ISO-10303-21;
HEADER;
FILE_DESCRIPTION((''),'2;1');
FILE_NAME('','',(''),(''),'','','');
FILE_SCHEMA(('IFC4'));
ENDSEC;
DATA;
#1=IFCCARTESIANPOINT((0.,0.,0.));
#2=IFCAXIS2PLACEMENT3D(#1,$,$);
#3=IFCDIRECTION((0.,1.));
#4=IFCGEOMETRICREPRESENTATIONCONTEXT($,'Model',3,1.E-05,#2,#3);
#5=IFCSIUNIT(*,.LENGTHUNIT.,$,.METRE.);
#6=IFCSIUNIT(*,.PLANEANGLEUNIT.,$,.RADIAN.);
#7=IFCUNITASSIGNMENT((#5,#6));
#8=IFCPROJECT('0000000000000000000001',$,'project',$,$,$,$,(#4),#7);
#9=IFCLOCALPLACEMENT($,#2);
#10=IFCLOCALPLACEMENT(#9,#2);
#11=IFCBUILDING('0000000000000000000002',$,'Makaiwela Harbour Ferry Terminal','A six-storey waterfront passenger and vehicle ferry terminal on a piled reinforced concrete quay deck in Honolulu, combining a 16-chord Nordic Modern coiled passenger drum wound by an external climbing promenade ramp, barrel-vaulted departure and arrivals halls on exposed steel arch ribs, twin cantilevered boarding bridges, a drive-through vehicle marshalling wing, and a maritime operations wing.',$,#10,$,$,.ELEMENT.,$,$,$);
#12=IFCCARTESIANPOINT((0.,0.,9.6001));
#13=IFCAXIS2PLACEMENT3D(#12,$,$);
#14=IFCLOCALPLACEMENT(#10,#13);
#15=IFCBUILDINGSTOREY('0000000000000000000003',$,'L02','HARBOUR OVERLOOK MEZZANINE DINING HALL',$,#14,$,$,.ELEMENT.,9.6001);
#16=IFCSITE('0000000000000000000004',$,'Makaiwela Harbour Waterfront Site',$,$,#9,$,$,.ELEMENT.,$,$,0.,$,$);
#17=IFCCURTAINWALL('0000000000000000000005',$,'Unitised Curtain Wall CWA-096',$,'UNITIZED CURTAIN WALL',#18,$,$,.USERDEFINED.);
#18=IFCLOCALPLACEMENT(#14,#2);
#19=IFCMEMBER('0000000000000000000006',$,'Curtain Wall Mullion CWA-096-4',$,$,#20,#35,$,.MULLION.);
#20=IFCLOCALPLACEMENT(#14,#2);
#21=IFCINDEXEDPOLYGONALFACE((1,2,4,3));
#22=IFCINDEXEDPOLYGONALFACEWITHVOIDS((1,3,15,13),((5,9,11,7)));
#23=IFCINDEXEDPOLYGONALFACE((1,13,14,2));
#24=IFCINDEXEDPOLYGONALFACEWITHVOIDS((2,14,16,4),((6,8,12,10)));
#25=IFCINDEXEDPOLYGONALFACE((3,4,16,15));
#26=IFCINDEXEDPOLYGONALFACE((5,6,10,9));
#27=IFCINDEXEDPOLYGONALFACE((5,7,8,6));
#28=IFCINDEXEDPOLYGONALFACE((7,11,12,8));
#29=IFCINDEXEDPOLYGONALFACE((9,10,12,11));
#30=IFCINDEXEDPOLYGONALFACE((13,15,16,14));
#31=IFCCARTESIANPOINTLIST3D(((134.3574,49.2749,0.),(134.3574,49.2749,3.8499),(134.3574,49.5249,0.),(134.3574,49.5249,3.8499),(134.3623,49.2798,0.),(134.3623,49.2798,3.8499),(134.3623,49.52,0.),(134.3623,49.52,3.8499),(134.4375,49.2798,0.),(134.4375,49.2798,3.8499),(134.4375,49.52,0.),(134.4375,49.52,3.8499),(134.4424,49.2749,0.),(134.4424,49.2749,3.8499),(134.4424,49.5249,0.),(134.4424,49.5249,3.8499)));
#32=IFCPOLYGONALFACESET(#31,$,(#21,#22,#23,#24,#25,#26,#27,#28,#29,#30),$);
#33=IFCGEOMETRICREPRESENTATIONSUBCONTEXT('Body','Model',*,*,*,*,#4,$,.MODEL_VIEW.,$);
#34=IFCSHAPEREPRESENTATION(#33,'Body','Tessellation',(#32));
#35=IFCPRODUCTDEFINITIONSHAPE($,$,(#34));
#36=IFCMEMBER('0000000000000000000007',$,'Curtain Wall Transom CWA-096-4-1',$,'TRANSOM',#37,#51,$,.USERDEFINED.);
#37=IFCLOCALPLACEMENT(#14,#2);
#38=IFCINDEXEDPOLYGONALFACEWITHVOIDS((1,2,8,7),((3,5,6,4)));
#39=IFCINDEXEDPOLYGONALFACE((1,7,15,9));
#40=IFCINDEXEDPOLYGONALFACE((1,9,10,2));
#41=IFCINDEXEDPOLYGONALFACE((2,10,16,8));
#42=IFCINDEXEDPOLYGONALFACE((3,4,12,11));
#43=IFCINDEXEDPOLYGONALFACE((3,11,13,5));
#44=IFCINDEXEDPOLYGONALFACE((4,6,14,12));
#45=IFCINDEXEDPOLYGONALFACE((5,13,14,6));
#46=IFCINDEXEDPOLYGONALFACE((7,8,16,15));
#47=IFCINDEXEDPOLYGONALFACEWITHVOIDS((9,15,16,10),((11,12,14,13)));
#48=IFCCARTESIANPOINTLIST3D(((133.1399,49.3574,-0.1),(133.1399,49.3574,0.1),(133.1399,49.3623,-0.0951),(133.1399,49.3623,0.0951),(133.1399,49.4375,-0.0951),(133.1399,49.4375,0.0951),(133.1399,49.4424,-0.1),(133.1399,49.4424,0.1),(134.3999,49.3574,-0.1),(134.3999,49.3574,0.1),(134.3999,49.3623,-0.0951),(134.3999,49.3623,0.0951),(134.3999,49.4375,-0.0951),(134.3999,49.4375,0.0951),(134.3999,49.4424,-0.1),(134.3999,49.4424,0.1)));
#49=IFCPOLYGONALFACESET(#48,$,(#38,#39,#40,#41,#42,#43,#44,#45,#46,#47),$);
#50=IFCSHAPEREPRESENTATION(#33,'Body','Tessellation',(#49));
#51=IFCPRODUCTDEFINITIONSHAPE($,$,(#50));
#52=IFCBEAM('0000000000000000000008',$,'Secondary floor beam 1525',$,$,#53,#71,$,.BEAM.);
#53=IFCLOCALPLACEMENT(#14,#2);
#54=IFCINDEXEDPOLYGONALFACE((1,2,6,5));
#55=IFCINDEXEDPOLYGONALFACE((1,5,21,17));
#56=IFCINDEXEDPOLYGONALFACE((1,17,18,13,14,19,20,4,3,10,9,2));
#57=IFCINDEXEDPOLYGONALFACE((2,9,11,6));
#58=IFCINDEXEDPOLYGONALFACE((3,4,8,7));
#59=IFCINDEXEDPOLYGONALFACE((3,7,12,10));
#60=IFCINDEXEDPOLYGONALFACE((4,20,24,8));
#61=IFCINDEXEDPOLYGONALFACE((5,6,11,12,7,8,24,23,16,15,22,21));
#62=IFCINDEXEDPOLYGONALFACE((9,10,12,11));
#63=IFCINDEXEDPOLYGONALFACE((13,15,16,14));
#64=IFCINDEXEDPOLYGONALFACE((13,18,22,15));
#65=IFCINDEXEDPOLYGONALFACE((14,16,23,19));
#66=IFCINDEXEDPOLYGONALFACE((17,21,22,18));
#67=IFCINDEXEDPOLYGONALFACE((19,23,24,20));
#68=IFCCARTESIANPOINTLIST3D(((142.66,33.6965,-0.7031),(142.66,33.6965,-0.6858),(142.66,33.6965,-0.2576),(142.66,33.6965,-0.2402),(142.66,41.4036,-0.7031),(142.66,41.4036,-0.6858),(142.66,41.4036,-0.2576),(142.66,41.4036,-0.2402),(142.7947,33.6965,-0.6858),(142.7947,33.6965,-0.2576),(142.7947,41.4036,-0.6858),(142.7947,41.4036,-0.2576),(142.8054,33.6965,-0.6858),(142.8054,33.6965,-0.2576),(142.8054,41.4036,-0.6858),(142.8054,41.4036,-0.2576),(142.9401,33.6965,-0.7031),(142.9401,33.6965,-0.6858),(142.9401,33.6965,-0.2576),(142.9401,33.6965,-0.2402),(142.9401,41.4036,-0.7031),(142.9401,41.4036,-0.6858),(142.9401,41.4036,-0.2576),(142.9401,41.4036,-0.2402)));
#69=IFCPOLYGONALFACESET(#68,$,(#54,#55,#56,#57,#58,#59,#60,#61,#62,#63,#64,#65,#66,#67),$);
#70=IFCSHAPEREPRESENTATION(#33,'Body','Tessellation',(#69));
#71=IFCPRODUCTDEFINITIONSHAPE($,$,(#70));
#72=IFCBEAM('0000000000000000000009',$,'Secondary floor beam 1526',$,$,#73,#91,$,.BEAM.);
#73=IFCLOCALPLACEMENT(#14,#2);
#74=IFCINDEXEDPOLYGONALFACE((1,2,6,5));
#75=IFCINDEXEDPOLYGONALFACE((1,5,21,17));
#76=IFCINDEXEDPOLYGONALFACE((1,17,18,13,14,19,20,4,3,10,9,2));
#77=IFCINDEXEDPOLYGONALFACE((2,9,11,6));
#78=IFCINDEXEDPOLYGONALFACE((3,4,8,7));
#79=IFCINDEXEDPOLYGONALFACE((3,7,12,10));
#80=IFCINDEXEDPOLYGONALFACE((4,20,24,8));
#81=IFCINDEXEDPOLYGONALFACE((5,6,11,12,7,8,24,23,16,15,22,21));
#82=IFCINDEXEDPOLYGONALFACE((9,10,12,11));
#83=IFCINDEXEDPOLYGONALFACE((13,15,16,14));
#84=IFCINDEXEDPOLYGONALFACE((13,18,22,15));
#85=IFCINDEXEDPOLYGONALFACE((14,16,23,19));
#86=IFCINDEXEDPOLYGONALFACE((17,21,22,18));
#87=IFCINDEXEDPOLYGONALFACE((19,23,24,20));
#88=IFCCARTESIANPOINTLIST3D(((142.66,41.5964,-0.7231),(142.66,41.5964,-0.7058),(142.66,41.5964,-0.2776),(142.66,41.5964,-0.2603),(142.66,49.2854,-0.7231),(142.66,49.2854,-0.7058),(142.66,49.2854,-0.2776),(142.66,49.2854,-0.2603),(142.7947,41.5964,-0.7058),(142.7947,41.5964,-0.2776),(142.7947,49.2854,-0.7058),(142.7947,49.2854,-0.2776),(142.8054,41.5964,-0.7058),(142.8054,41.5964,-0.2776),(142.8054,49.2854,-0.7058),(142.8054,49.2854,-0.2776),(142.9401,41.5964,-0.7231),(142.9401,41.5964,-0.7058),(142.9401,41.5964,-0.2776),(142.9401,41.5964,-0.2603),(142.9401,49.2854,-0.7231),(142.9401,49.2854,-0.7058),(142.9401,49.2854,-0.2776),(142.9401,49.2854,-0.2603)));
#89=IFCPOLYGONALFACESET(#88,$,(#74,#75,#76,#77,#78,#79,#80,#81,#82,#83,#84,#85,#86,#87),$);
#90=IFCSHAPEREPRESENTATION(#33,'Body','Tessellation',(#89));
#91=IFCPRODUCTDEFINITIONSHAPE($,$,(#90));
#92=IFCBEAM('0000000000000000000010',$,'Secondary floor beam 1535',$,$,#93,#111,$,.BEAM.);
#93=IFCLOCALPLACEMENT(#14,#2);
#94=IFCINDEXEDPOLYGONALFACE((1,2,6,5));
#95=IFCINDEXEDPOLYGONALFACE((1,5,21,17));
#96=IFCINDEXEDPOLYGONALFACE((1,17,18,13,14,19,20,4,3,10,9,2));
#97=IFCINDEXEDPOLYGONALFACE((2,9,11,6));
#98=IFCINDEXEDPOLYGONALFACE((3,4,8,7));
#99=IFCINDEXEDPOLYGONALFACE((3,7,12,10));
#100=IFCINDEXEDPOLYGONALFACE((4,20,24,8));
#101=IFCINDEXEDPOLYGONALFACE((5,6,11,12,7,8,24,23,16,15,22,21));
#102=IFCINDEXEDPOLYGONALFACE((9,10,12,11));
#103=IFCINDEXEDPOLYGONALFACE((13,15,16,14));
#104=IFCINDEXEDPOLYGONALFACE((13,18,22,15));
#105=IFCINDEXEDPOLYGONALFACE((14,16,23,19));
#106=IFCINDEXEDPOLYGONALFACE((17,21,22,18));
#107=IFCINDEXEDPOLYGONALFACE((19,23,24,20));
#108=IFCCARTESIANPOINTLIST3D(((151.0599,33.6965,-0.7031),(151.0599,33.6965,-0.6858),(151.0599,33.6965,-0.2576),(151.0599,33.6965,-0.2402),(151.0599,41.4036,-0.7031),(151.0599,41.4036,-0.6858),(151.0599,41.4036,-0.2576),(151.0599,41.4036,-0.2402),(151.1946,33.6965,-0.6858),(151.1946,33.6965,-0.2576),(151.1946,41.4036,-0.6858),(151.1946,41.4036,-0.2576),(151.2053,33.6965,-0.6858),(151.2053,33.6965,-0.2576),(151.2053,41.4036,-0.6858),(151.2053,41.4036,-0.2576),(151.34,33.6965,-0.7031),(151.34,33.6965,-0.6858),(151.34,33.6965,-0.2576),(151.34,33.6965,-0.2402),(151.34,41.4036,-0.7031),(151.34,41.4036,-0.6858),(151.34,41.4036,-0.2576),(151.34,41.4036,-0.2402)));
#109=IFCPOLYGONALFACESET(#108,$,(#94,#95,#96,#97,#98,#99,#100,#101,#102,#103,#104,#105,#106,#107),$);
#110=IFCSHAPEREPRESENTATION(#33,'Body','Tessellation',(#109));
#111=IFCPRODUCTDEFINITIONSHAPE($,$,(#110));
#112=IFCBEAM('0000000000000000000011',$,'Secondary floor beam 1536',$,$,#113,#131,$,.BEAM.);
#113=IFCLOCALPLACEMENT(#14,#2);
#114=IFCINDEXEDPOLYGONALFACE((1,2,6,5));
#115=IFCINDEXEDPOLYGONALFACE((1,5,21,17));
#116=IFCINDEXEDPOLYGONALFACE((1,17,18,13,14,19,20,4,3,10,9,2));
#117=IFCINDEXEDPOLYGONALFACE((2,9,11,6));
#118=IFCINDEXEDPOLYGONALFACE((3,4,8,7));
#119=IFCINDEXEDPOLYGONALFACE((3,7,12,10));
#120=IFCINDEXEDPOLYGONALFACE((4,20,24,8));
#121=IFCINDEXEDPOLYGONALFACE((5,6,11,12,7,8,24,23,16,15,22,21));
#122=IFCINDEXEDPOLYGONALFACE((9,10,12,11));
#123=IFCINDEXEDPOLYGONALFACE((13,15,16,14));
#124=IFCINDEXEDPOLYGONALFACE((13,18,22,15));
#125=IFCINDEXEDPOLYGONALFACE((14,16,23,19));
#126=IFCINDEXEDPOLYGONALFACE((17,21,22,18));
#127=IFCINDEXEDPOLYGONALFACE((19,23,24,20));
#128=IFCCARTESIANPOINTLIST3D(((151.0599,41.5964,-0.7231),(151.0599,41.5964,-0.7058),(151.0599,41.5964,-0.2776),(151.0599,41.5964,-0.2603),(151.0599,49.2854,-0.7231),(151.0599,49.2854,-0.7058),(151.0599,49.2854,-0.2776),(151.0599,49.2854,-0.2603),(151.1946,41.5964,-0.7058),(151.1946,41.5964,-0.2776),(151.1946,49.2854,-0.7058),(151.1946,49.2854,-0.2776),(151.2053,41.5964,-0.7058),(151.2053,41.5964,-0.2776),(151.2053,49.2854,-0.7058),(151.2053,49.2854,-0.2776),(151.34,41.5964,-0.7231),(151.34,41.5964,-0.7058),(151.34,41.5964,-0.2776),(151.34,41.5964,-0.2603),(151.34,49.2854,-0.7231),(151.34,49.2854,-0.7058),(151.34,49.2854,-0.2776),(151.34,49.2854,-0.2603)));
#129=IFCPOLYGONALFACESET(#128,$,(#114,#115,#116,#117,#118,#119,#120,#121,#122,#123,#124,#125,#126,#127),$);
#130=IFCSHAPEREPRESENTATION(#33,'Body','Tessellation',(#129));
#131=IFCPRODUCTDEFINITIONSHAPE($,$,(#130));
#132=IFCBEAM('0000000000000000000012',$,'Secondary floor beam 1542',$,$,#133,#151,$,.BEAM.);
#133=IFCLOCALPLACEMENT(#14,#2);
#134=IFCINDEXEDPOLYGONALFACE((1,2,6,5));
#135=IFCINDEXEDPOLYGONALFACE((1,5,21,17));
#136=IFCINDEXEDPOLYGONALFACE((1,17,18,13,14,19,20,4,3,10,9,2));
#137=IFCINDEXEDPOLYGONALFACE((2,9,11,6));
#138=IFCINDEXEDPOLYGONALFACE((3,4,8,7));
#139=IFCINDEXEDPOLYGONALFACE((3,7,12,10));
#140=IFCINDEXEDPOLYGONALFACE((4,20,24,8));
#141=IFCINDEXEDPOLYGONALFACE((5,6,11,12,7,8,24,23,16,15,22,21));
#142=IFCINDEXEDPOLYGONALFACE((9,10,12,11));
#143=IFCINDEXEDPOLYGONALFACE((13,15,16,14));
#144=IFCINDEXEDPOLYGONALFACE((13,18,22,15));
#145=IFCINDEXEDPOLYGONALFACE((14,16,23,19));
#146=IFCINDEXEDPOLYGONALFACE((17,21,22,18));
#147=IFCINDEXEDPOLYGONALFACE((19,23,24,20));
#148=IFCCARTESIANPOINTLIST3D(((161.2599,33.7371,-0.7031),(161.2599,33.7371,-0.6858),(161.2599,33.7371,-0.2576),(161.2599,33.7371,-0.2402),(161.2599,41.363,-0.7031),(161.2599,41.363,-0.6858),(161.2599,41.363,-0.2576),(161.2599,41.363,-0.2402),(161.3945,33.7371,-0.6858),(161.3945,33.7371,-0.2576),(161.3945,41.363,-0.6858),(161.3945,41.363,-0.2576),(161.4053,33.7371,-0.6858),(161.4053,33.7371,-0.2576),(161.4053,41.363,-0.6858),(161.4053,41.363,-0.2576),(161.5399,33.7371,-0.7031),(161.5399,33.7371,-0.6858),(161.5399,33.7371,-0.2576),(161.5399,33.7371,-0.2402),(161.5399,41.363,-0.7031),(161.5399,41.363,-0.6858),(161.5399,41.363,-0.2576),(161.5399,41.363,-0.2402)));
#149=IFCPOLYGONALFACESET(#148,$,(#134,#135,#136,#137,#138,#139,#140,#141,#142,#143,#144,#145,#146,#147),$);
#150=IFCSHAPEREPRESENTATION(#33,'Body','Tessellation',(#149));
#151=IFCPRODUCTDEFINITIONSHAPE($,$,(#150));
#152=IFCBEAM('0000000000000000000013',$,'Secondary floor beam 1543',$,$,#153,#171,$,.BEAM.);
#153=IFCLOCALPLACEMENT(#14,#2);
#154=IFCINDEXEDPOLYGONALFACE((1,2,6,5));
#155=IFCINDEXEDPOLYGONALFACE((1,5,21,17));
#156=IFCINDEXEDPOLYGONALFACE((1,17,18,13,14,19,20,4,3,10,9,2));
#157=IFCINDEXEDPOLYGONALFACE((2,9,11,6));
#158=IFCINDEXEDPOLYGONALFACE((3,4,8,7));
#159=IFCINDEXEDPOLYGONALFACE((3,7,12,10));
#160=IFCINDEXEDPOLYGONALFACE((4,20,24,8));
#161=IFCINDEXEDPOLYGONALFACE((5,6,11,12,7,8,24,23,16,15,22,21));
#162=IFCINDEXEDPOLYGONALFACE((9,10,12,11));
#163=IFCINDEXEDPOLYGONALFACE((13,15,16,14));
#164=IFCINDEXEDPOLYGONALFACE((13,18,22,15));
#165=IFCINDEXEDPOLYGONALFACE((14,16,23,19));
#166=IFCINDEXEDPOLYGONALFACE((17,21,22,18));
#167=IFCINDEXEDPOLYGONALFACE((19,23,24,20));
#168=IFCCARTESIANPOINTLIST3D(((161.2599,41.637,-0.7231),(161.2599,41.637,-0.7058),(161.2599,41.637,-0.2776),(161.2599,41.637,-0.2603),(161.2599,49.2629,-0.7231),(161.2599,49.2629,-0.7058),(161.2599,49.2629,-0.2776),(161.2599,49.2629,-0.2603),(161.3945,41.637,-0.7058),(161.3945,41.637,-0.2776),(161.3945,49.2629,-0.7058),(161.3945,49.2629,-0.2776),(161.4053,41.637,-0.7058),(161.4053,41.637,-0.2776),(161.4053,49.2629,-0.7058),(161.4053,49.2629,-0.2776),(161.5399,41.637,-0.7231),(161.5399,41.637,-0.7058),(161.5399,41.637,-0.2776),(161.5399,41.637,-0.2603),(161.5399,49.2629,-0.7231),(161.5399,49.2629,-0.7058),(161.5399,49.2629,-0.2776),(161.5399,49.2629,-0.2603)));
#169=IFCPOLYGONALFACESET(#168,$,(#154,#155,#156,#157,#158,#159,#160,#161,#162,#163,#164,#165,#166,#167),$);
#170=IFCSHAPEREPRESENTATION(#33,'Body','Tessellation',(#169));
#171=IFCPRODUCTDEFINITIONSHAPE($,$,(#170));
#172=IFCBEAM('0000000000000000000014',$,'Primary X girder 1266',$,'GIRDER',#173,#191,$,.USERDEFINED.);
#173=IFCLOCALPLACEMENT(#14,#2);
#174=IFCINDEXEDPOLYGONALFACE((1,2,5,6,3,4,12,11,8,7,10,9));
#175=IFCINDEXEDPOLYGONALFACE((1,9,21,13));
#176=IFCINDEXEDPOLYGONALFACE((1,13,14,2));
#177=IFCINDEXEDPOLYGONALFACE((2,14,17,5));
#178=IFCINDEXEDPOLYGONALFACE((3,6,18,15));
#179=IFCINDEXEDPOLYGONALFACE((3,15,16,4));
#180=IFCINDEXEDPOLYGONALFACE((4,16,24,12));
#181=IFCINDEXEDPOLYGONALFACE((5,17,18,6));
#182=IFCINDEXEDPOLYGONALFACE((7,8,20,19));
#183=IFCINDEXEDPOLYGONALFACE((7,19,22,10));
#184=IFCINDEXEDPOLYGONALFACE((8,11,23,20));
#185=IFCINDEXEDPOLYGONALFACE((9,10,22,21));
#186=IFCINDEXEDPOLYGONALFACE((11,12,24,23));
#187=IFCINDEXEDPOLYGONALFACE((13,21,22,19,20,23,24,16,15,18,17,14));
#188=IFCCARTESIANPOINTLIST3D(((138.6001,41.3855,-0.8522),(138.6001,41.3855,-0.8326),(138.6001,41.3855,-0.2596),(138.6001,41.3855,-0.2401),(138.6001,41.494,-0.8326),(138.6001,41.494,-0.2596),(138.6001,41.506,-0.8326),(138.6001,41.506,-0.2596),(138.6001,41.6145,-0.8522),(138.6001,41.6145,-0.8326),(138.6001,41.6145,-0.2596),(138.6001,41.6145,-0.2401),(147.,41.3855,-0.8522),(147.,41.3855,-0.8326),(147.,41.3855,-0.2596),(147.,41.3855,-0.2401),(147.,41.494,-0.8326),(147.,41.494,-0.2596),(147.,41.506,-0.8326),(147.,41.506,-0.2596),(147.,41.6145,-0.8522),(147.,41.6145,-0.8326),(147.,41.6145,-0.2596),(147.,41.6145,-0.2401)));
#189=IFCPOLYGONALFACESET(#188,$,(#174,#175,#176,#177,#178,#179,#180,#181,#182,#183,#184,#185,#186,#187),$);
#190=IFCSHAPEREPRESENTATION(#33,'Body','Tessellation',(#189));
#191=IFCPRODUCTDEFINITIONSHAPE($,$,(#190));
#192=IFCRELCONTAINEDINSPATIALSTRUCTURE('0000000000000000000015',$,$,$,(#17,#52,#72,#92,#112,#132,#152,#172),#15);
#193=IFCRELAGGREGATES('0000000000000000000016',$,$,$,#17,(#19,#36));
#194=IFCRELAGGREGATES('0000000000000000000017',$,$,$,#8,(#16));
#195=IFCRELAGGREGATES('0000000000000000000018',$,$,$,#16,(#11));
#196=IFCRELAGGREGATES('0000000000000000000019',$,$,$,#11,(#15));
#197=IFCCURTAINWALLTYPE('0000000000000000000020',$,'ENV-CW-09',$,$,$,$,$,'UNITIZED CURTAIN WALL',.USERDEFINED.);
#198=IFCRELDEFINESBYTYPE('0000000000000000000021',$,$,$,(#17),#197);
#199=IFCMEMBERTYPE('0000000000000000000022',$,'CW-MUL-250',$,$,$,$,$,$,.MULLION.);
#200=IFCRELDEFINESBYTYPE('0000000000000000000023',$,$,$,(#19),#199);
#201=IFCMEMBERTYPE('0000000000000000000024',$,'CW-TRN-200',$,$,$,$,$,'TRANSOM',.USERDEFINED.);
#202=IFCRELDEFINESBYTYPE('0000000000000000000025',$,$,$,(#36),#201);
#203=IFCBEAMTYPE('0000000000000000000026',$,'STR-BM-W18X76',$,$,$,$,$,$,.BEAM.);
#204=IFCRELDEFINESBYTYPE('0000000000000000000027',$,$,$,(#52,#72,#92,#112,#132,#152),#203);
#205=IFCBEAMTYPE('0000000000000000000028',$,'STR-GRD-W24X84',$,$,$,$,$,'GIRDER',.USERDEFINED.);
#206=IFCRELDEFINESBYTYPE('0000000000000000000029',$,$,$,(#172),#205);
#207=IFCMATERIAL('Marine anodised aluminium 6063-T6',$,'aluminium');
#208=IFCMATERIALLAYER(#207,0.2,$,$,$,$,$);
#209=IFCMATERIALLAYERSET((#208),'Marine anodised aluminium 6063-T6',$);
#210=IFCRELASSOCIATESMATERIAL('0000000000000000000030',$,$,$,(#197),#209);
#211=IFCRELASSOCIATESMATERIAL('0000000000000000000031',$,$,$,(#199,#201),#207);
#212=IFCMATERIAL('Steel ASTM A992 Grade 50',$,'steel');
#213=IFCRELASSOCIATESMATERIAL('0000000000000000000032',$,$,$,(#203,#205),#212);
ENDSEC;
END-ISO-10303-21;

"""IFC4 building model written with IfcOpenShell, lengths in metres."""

from ifc_helpers import new_model, si_unit, direction, frame, origin, origin_2d, place, context, subcontext, project, spatial, hollow_rectangle, i_section, extrude, material, layer, layer_set, material_profile, profile_set, type_object, element, aggregate, save


model = new_model("IFC4")

# Units and contexts
model_context = context("Model", 3, precision=1e-05, world=origin(), true_north=direction((0.0, 1.0)))
body_context = subcontext(model_context, "Body", "Model", "MODEL_VIEW")
ifc_project = project(units=[si_unit("LENGTHUNIT", "METRE"), si_unit("PLANEANGLEUNIT", "RADIAN")], contexts=[model_context])

# Site, building, storey
site_placement = place(None, origin())
site = spatial("IfcSite", under=ifc_project, at=site_placement, Name="Makaiwela Harbour Waterfront Site", CompositionType="ELEMENT", RefElevation=0.0)
building_placement = place(site_placement, origin())
building = spatial("IfcBuilding", under=site, at=building_placement, Name="Makaiwela Harbour Ferry Terminal", Description="A six-storey waterfront passenger and vehicle ferry terminal on a piled reinforced concrete quay deck in Honolulu, combining a 16-chord Nordic Modern coiled passenger drum wound by an external climbing promenade ramp, barrel-vaulted departure and arrivals halls on exposed steel arch ribs, twin cantilevered boarding bridges, a drive-through vehicle marshalling wing, and a maritime operations wing.", CompositionType="ELEMENT")
storey_placement = place(building_placement, frame((0.0, 0.0, 9.6001)))
storey = spatial("IfcBuildingStorey", under=building, at=storey_placement, Name="L02", Description="HARBOUR OVERLOOK MEZZANINE DINING HALL", CompositionType="ELEMENT", Elevation=9.6001)

# Curtain wall, members
ifc_material_1 = material(Name="Marine anodised aluminium 6063-T6", Category="aluminium")
ifc_layer_1 = layer(ifc_material_1, 0.2)
ifc_layer_set_1 = layer_set([ifc_layer_1], Name="Marine anodised aluminium 6063-T6")
curtain_wall_type = type_object("IfcCurtainWallType", Name="ENV-CW-09", ElementType="UNITIZED CURTAIN WALL", PredefinedType="USERDEFINED", material=ifc_layer_set_1)
curtain_wall_placement = place(storey_placement, origin())
curtain_wall = element("IfcCurtainWall", 1, at=curtain_wall_placement, inside=storey, type_object=curtain_wall_type, Name="Unitised Curtain Wall CWA-096", ObjectType="UNITIZED CURTAIN WALL", PredefinedType="USERDEFINED")
ifc_material_profile_1 = material_profile(ifc_material_1, hollow_rectangle(XDim=0.085, YDim=0.25, WallThickness=0.0049, at=origin_2d()), Name="CWM-250X85")
ifc_profile_set_1 = profile_set([ifc_material_profile_1], Name="Marine anodised aluminium 6063-T6")
member_type_1 = type_object("IfcMemberType", Name="CW-MUL-250", PredefinedType="MULLION", material=ifc_profile_set_1)
member_1_placement = place(storey_placement, frame((134.3999, 49.3999, 0.0), z_axis=(0.0, 0.0, 1.0), x_axis=(1.0, 0.0, 0.0)))
member_1 = element("IfcMember", 2, at=member_1_placement, type_object=member_type_1, Name="Curtain Wall Mullion CWA-096-4", PredefinedType="MULLION", context=body_context, shape_type="SweptSolid", body=[
    extrude(hollow_rectangle(XDim=0.085, YDim=0.25, WallThickness=0.0049, at=origin_2d()), origin(), (0.0, 0.0, 1.0), 3.8499),
])
ifc_material_profile_2 = material_profile(ifc_material_1, hollow_rectangle(XDim=0.085, YDim=0.2, WallThickness=0.0049, at=origin_2d()), Name="CWT-200X85")
ifc_profile_set_2 = profile_set([ifc_material_profile_2], Name="Marine anodised aluminium 6063-T6")
member_type_2 = type_object("IfcMemberType", Name="CW-TRN-200", ElementType="TRANSOM", PredefinedType="USERDEFINED", material=ifc_profile_set_2)
member_2_placement = place(storey_placement, frame((134.3999, 49.3999, 0.0), z_axis=(-1.0, 0.0, 0.0), x_axis=(0.0, -1.0, 0.0)))
member_2 = element("IfcMember", 3, at=member_2_placement, type_object=member_type_2, Name="Curtain Wall Transom CWA-096-4-1", ObjectType="TRANSOM", PredefinedType="USERDEFINED", context=body_context, shape_type="SweptSolid", body=[
    extrude(hollow_rectangle(XDim=0.085, YDim=0.2, WallThickness=0.0049, at=origin_2d()), origin(), (0.0, 0.0, 1.0), 1.26),
])

# Beams
ifc_material_2 = material(Name="Steel ASTM A992 Grade 50", Category="steel")
ifc_material_profile_3 = material_profile(ifc_material_2, i_section(OverallWidth=0.28, OverallDepth=0.4629, WebThickness=0.0107, FlangeThickness=0.0173, at=origin_2d()), Name="W18X76")
ifc_profile_set_3 = profile_set([ifc_material_profile_3], Name="Steel ASTM A992 Grade 50")
beam_type_1 = type_object("IfcBeamType", Name="STR-BM-W18X76", PredefinedType="BEAM", material=ifc_profile_set_3)
beam_1_placement = place(storey_placement, frame((142.8, 33.6965, -0.4717), z_axis=(0.0, 1.0, 0.0), x_axis=(-1.0, 0.0, 0.0)))
element("IfcBeam", 4, at=beam_1_placement, inside=storey, type_object=beam_type_1, Name="Secondary floor beam 1525", PredefinedType="BEAM", context=body_context, shape_type="SweptSolid", body=[
    extrude(i_section(OverallWidth=0.28, OverallDepth=0.4629, WebThickness=0.0107, FlangeThickness=0.0173, at=origin_2d()), origin(), (0.0, 0.0, 1.0), 7.707),
])
beam_2_placement = place(storey_placement, frame((142.8, 41.5964, -0.4917), z_axis=(0.0, 1.0, 0.0), x_axis=(-1.0, 0.0, 0.0)))
element("IfcBeam", 5, at=beam_2_placement, inside=storey, type_object=beam_type_1, Name="Secondary floor beam 1526", PredefinedType="BEAM", context=body_context, shape_type="SweptSolid", body=[
    extrude(i_section(OverallWidth=0.28, OverallDepth=0.4629, WebThickness=0.0107, FlangeThickness=0.0173, at=origin_2d()), origin(), (0.0, 0.0, 1.0), 7.689),
])
beam_3_placement = place(storey_placement, frame((151.2, 33.6965, -0.4717), z_axis=(0.0, 1.0, 0.0), x_axis=(-1.0, 0.0, 0.0)))
element("IfcBeam", 6, at=beam_3_placement, inside=storey, type_object=beam_type_1, Name="Secondary floor beam 1535", PredefinedType="BEAM", context=body_context, shape_type="SweptSolid", body=[
    extrude(i_section(OverallWidth=0.28, OverallDepth=0.4629, WebThickness=0.0107, FlangeThickness=0.0173, at=origin_2d()), origin(), (0.0, 0.0, 1.0), 7.707),
])
beam_4_placement = place(storey_placement, frame((151.2, 41.5964, -0.4917), z_axis=(0.0, 1.0, 0.0), x_axis=(-1.0, 0.0, 0.0)))
element("IfcBeam", 7, at=beam_4_placement, inside=storey, type_object=beam_type_1, Name="Secondary floor beam 1536", PredefinedType="BEAM", context=body_context, shape_type="SweptSolid", body=[
    extrude(i_section(OverallWidth=0.28, OverallDepth=0.4629, WebThickness=0.0107, FlangeThickness=0.0173, at=origin_2d()), origin(), (0.0, 0.0, 1.0), 7.689),
])
for number, where, z_axis, x_axis, name in (
    (8, (161.3999, 33.7371, -0.4717), (0.0, 1.0, 0.0), (-1.0, 0.0, 0.0), "Secondary floor beam 1542"),
    (9, (161.3999, 41.637, -0.4917), (0.0, 1.0, 0.0), (-1.0, 0.0, 0.0), "Secondary floor beam 1543"),
):
    element("IfcBeam", number, at=place(storey_placement, frame(where, z_axis=z_axis, x_axis=x_axis)), inside=storey, type_object=beam_type_1, Name=name, PredefinedType="BEAM", context=body_context, shape_type="SweptSolid", body=[
        extrude(i_section(OverallWidth=0.28, OverallDepth=0.4629, WebThickness=0.0107, FlangeThickness=0.0173, at=origin_2d()), origin(), (0.0, 0.0, 1.0), 7.626),
    ])
ifc_material_profile_4 = material_profile(ifc_material_2, i_section(OverallWidth=0.229, OverallDepth=0.6121, WebThickness=0.012, FlangeThickness=0.0195, at=origin_2d()), Name="W24X84")
ifc_profile_set_4 = profile_set([ifc_material_profile_4], Name="Steel ASTM A992 Grade 50")
beam_type_2 = type_object("IfcBeamType", Name="STR-GRD-W24X84", ElementType="GIRDER", PredefinedType="USERDEFINED", material=ifc_profile_set_4)
for number, where, z_axis, x_axis, name in (
    (10, (138.6001, 41.5, -0.5461), (1.0, 0.0, 0.0), (0.0, 1.0, 0.0), "Primary X girder 1266"),
):
    element("IfcBeam", number, at=place(storey_placement, frame(where, z_axis=z_axis, x_axis=x_axis)), inside=storey, type_object=beam_type_2, Name=name, ObjectType="GIRDER", PredefinedType="USERDEFINED", context=body_context, shape_type="SweptSolid", body=[
        extrude(i_section(OverallWidth=0.229, OverallDepth=0.6121, WebThickness=0.012, FlangeThickness=0.0195, at=origin_2d()), origin(), (0.0, 0.0, 1.0), 8.3999),
    ])

aggregate(curtain_wall, [member_1, member_2])

save(model, "model.ifc")
